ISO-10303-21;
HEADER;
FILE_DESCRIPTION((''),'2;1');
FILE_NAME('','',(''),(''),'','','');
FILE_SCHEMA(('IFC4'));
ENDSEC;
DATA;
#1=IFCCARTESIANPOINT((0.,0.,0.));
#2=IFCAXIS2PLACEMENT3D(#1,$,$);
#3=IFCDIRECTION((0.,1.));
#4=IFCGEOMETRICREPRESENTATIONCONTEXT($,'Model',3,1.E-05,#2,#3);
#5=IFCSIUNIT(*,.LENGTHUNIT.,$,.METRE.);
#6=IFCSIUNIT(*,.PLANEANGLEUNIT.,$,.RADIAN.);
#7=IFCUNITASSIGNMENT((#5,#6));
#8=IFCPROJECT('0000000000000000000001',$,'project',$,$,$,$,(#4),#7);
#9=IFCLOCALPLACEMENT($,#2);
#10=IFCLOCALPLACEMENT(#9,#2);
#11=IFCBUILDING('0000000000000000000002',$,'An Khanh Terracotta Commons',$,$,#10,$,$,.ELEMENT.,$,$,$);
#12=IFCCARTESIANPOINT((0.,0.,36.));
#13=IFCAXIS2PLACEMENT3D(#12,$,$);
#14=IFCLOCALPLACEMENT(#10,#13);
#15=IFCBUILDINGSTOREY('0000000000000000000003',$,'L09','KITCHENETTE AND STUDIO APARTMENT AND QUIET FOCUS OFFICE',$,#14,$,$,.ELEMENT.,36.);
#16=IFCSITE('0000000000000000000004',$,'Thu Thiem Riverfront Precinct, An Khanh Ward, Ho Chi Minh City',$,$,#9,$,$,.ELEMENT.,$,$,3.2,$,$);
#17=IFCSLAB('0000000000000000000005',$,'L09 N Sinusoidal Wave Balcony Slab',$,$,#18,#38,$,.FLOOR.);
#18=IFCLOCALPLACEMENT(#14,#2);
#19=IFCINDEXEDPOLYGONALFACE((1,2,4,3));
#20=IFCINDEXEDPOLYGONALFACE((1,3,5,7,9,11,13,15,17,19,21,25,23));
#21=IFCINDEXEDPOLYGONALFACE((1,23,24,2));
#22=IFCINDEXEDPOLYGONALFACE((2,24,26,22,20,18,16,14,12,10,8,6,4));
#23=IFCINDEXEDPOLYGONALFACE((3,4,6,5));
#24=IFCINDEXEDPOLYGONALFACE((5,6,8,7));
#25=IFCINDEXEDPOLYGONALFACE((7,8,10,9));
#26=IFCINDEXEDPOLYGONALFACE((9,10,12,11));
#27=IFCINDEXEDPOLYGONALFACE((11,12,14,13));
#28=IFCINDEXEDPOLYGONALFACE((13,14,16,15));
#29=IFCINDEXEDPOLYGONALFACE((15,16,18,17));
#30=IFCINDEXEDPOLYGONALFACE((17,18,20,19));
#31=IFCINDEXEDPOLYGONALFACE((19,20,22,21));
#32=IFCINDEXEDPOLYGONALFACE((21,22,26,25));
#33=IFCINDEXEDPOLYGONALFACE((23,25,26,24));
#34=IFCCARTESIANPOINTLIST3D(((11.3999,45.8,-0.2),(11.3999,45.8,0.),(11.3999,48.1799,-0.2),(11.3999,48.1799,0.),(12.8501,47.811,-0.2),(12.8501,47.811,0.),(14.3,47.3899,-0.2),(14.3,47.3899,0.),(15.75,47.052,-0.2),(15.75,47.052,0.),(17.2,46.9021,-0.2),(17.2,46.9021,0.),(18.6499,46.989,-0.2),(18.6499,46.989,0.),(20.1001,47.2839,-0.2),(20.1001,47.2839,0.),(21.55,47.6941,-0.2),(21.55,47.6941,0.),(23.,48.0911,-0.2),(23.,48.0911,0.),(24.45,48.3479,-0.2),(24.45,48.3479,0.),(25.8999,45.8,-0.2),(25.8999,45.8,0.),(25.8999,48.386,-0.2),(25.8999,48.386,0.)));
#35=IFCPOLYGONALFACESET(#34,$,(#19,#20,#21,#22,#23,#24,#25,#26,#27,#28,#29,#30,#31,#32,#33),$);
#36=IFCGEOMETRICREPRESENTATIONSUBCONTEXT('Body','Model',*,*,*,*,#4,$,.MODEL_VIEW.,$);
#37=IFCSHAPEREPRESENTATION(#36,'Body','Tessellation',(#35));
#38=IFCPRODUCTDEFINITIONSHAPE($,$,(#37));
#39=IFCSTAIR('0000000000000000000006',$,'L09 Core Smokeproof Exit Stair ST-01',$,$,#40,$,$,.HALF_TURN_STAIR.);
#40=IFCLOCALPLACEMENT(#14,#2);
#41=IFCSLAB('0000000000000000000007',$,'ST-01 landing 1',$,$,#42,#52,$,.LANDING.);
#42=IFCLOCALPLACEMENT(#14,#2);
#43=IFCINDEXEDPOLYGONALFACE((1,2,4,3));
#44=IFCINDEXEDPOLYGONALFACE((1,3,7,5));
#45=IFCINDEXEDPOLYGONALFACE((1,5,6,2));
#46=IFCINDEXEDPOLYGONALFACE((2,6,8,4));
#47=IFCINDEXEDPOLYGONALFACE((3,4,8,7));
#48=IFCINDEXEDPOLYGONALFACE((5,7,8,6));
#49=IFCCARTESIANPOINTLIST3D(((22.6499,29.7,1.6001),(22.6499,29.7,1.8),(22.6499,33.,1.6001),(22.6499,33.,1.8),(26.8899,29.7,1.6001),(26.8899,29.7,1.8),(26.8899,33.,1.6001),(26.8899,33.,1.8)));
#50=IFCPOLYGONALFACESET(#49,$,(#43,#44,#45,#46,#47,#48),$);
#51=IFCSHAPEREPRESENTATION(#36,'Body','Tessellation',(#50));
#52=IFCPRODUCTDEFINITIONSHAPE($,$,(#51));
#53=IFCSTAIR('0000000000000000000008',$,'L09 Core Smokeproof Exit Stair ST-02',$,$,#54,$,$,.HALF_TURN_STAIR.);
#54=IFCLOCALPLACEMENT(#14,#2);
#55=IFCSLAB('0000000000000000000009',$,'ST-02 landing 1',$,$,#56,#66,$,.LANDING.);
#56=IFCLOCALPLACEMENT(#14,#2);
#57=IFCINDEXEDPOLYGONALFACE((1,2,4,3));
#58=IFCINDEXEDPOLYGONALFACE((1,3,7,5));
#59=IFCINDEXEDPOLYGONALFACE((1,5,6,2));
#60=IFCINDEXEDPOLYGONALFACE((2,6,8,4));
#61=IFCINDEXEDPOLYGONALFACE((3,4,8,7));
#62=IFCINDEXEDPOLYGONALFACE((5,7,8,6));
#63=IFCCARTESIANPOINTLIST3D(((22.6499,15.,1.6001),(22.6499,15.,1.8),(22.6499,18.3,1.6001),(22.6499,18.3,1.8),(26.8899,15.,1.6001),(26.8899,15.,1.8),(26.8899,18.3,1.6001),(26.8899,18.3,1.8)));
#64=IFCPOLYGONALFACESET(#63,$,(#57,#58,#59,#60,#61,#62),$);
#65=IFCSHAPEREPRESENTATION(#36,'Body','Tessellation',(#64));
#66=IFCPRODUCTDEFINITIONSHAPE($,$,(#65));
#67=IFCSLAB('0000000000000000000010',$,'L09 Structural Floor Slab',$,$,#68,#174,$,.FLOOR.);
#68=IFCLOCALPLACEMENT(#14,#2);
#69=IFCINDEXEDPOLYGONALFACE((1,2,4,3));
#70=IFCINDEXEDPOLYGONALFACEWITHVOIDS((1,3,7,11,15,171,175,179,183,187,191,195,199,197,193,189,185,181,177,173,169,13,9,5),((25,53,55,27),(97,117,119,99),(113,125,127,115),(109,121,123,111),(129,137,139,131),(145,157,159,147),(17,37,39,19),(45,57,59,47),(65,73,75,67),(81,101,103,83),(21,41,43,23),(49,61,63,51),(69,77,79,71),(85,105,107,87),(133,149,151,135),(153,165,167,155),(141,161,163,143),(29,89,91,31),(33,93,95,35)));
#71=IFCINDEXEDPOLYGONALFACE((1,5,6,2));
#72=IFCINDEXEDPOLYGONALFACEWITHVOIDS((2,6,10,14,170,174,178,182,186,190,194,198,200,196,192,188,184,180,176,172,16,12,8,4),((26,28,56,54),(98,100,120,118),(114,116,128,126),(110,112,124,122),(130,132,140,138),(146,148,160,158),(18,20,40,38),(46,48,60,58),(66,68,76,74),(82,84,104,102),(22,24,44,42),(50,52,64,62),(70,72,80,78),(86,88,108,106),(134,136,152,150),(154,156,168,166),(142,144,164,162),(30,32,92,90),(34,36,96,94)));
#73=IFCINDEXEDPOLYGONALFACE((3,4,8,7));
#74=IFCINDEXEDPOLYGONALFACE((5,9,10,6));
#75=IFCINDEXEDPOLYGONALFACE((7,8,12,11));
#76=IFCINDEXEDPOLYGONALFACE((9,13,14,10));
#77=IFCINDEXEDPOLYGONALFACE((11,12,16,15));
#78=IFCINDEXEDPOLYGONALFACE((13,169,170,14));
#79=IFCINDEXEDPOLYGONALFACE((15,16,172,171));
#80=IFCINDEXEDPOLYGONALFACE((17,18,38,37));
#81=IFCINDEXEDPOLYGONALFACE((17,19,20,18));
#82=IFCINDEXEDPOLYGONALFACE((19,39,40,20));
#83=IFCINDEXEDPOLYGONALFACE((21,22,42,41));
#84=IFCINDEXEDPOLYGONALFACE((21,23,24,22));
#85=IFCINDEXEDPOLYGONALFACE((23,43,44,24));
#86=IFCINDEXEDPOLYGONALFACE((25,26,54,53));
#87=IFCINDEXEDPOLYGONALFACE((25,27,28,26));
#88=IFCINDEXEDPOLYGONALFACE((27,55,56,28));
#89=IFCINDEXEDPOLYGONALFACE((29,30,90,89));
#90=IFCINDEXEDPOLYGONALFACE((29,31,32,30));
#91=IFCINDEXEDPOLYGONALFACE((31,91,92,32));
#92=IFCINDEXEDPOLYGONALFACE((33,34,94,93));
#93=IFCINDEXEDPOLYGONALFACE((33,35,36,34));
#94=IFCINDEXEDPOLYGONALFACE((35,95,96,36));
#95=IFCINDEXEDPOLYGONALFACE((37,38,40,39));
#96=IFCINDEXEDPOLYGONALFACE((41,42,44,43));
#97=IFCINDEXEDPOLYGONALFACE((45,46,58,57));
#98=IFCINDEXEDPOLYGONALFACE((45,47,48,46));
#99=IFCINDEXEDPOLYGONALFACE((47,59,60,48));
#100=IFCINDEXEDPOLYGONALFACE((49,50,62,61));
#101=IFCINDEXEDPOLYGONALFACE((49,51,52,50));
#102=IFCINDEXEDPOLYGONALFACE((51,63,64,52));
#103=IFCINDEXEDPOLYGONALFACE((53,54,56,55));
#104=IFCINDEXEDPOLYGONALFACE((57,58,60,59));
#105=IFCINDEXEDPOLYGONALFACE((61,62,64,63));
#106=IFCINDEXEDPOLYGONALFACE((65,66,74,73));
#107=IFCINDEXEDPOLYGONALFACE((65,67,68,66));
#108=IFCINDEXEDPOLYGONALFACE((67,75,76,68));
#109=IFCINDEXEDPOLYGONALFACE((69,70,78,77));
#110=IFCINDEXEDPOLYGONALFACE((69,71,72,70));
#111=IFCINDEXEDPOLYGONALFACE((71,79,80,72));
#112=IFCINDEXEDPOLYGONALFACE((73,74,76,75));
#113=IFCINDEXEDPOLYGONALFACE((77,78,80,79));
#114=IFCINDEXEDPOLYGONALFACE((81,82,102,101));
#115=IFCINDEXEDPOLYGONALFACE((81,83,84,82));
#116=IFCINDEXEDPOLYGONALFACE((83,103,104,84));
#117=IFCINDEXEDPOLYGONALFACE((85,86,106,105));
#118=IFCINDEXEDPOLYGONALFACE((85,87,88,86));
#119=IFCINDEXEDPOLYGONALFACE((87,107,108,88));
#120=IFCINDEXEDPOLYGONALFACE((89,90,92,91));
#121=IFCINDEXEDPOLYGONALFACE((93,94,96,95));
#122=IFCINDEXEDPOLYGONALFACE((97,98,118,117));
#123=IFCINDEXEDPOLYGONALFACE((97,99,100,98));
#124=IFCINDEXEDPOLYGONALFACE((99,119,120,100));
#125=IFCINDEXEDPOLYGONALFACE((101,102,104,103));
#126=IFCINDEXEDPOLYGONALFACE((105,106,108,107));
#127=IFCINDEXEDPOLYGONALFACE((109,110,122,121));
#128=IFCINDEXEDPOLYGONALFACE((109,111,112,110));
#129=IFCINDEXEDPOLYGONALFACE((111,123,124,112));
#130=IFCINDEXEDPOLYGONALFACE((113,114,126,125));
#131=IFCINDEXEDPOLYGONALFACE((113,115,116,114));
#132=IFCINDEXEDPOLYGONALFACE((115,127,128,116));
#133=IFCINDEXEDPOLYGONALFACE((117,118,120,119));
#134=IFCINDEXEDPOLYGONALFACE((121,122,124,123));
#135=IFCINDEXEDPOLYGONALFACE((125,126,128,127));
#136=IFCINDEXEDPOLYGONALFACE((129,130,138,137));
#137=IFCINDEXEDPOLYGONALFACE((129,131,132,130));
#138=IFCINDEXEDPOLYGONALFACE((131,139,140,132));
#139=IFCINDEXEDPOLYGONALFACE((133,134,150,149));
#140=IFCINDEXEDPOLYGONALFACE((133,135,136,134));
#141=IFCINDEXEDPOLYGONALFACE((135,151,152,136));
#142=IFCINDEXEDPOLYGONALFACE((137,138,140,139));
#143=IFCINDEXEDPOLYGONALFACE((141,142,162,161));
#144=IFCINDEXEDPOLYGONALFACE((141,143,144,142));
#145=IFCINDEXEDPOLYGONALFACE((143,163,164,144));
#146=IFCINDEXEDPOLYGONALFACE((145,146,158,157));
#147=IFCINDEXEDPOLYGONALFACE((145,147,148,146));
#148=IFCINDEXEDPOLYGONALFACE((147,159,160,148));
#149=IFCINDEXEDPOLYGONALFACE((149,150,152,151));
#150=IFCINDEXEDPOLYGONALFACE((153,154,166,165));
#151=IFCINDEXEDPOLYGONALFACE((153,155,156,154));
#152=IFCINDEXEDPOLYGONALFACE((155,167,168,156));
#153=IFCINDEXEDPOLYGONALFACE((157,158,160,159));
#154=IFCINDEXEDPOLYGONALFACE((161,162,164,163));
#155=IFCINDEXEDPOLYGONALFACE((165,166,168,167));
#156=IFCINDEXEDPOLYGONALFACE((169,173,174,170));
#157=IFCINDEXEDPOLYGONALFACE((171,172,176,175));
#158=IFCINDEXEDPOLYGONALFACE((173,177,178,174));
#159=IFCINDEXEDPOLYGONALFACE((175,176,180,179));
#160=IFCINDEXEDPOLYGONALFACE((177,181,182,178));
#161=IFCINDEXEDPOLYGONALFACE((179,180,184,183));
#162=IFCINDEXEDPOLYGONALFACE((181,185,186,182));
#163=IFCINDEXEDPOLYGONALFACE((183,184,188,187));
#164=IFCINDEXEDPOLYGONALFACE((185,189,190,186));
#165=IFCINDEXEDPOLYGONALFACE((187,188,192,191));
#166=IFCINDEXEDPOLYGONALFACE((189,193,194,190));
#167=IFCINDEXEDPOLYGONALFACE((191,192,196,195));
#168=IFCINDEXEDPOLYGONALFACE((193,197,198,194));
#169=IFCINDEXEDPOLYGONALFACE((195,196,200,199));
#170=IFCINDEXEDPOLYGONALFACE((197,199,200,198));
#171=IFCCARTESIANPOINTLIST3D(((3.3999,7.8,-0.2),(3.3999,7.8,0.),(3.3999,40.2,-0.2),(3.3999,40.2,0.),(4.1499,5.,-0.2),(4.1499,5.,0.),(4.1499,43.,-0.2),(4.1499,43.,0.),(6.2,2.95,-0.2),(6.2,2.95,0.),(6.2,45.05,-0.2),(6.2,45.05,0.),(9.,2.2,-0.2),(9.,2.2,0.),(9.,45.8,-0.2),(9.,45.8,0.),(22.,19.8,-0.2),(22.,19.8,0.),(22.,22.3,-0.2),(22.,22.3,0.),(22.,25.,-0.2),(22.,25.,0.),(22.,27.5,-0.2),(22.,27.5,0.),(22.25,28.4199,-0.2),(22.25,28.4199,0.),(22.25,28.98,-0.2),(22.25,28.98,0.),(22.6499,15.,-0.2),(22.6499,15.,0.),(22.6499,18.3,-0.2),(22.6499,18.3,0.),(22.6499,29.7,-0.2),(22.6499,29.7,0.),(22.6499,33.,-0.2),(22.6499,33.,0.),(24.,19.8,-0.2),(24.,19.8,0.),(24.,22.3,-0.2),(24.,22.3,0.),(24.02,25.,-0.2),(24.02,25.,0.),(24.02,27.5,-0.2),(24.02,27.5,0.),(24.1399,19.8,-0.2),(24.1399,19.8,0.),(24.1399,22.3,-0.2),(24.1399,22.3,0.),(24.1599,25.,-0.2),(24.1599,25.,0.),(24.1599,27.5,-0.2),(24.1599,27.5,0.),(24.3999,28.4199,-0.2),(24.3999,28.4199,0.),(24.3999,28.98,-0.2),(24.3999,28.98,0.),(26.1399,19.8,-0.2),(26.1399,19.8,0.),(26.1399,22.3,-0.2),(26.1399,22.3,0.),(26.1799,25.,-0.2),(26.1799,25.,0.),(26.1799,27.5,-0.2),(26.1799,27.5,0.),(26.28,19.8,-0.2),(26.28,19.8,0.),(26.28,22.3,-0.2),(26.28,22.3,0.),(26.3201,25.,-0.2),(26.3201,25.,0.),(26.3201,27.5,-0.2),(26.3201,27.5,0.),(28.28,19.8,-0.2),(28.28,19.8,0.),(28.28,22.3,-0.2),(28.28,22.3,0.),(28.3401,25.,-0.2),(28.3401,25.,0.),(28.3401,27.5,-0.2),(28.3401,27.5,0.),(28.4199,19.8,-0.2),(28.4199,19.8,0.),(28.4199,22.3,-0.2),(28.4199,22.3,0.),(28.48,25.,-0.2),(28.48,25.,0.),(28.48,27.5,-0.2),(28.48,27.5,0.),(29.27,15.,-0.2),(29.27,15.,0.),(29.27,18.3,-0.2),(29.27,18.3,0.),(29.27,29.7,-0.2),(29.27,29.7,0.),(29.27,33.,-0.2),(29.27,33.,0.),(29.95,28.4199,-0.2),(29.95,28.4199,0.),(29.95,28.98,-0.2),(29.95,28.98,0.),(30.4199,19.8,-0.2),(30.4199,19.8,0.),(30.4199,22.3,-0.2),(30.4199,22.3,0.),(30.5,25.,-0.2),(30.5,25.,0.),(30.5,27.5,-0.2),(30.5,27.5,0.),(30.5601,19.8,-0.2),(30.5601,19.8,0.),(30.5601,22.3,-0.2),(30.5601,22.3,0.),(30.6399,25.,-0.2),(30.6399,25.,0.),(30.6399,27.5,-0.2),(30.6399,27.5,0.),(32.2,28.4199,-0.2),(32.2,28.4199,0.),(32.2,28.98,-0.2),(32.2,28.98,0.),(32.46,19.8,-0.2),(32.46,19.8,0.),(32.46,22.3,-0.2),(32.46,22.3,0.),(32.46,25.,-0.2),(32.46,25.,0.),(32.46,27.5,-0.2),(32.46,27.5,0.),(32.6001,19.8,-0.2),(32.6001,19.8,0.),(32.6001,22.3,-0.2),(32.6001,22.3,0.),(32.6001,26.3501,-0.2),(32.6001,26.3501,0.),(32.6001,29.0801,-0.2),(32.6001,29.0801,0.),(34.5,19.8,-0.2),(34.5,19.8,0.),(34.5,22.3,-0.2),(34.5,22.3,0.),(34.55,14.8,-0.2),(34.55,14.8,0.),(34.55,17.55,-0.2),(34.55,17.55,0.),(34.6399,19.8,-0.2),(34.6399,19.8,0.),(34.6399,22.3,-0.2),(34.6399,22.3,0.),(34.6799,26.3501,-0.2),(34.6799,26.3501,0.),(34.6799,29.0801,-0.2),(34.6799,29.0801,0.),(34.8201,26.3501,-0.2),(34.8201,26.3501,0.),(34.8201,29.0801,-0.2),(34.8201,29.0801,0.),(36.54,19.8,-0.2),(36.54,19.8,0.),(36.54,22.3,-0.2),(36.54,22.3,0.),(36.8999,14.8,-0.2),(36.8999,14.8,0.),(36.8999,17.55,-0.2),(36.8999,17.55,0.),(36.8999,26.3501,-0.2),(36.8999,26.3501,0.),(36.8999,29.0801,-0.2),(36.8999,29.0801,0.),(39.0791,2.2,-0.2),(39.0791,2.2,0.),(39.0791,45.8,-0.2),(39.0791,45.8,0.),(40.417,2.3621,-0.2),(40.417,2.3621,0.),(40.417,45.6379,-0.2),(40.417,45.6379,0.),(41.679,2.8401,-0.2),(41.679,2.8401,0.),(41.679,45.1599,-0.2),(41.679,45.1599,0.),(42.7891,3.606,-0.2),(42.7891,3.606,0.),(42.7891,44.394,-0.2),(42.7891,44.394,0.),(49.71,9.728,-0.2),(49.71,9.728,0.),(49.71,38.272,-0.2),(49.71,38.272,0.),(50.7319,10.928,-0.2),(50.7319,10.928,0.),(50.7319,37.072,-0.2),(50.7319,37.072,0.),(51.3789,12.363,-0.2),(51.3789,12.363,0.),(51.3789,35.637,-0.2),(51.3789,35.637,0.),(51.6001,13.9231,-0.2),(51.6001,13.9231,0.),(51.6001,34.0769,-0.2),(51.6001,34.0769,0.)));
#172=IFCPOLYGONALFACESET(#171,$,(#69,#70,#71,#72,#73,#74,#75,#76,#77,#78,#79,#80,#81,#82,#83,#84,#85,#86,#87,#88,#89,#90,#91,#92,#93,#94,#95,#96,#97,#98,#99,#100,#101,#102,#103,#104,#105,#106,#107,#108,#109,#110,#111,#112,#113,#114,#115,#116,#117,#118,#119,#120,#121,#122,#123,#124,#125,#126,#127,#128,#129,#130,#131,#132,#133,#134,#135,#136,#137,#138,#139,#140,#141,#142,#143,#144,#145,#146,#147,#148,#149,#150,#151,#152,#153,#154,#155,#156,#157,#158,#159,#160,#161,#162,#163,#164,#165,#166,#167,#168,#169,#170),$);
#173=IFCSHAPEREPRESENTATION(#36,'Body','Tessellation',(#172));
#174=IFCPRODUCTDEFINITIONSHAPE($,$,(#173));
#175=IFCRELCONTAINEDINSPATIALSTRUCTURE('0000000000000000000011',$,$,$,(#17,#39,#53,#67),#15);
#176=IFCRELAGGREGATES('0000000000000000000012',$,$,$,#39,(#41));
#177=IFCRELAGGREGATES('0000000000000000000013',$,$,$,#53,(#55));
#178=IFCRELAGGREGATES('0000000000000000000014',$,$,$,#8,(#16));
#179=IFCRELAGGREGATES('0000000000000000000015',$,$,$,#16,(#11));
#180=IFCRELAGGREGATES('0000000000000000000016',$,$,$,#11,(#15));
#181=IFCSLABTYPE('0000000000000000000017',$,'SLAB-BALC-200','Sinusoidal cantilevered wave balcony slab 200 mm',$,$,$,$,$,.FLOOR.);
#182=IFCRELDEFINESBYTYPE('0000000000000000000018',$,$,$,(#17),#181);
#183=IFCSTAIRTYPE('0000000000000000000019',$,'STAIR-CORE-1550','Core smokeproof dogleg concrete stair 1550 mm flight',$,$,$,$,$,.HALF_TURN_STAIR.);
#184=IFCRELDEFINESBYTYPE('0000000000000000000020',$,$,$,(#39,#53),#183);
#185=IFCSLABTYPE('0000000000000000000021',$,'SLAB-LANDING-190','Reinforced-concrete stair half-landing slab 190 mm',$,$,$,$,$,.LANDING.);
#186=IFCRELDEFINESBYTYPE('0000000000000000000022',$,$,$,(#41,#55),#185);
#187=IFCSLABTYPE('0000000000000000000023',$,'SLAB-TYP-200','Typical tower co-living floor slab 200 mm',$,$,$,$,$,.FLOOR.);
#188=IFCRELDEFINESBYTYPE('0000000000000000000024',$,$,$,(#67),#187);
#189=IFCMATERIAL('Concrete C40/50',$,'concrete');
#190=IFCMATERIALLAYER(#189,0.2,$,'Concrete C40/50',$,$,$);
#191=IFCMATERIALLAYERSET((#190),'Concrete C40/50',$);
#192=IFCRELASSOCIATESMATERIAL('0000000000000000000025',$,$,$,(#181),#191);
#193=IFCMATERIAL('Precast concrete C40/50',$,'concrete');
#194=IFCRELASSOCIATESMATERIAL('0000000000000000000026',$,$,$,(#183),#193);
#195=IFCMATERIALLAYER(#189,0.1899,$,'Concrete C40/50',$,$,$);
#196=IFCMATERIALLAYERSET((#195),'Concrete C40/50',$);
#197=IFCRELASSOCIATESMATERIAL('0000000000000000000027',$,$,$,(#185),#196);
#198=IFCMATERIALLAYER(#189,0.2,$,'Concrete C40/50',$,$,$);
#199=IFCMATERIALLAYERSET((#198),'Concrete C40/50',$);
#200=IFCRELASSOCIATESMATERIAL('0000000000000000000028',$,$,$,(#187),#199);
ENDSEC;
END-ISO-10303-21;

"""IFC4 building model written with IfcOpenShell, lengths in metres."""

from ifc_helpers import new_model, si_unit, direction, frame, origin, place, context, subcontext, project, spatial, polyline, outline, extrude, material, layer, layer_set, type_object, element, aggregate, save


model = new_model("IFC4")

# Units and contexts
model_context = context("Model", 3, precision=1e-05, world=origin(), true_north=direction((0.0, 1.0)))
body_context = subcontext(model_context, "Body", "Model", "MODEL_VIEW")
ifc_project = project(units=[si_unit("LENGTHUNIT", "METRE"), si_unit("PLANEANGLEUNIT", "RADIAN")], contexts=[model_context])

# Site, building, storey
site_placement = place(None, origin())
site = spatial("IfcSite", under=ifc_project, at=site_placement, Name="Thu Thiem Riverfront Precinct, An Khanh Ward, Ho Chi Minh City", CompositionType="ELEMENT", RefElevation=3.2)
building_placement = place(site_placement, origin())
building = spatial("IfcBuilding", under=site, at=building_placement, Name="An Khanh Terracotta Commons", CompositionType="ELEMENT")
storey_placement = place(building_placement, frame((0.0, 0.0, 36.0)))
storey = spatial("IfcBuildingStorey", under=building, at=storey_placement, Name="L09", Description="KITCHENETTE AND STUDIO APARTMENT AND QUIET FOCUS OFFICE", CompositionType="ELEMENT", Elevation=36.0)

# Slab
ifc_material_1 = material(Name="Concrete C40/50", Category="concrete")
ifc_layer_1 = layer(ifc_material_1, 0.2, Name="Concrete C40/50")
ifc_layer_set_1 = layer_set([ifc_layer_1], Name="Concrete C40/50")
slab_type_1 = type_object("IfcSlabType", Name="SLAB-BALC-200", Description="Sinusoidal cantilevered wave balcony slab 200 mm", PredefinedType="FLOOR", material=ifc_layer_set_1)
slab_1_placement = place(storey_placement, frame((0.0, 0.0, -0.2)))
element("IfcSlab", 1, at=slab_1_placement, inside=storey, type_object=slab_type_1, Name="L09 N Sinusoidal Wave Balcony Slab", PredefinedType="FLOOR", context=body_context, shape_type="SweptSolid", body=[
    extrude(outline(polyline([(25.8999, 45.8), (25.8999, 48.386), (24.45, 48.3479), (23.0, 48.0911), (21.55, 47.6941), (20.1001, 47.2839), (18.6499, 46.989), (17.2, 46.9021), (15.75, 47.052), (14.3, 47.3899), (12.8501, 47.811), (11.3999, 48.1799), (11.3999, 45.8), (25.8999, 45.8)])), origin(), (0.0, 0.0, 1.0), 0.2),
])

# Stairs, slabs
ifc_material_2 = material(Name="Precast concrete C40/50", Category="concrete")
stair_type = type_object("IfcStairType", Name="STAIR-CORE-1550", Description="Core smokeproof dogleg concrete stair 1550 mm flight", PredefinedType="HALF_TURN_STAIR", material=ifc_material_2)
stair_1_placement = place(storey_placement, origin())
stair_1 = element("IfcStair", 2, at=stair_1_placement, inside=storey, type_object=stair_type, Name="L09 Core Smokeproof Exit Stair ST-01", PredefinedType="HALF_TURN_STAIR")
ifc_layer_2 = layer(ifc_material_1, 0.1899, Name="Concrete C40/50")
ifc_layer_set_2 = layer_set([ifc_layer_2], Name="Concrete C40/50")
slab_type_2 = type_object("IfcSlabType", Name="SLAB-LANDING-190", Description="Reinforced-concrete stair half-landing slab 190 mm", PredefinedType="LANDING", material=ifc_layer_set_2)
slab_2_placement = place(storey_placement, frame((0.0, 0.0, 1.6001)))
slab_2 = element("IfcSlab", 3, at=slab_2_placement, type_object=slab_type_2, Name="ST-01 landing 1", PredefinedType="LANDING", context=body_context, shape_type="SweptSolid", body=[
    extrude(outline(polyline([(26.8899, 33.0), (22.6499, 33.0), (22.6499, 29.7), (26.8899, 29.7), (26.8899, 33.0)])), origin(), (0.0, 0.0, 1.0), 0.2),
])
aggregate(stair_1, [slab_2])
stair_2_placement = place(storey_placement, origin())
stair_2 = element("IfcStair", 4, at=stair_2_placement, inside=storey, type_object=stair_type, Name="L09 Core Smokeproof Exit Stair ST-02", PredefinedType="HALF_TURN_STAIR")
slab_3_placement = place(storey_placement, frame((0.0, 0.0, 1.6001)))
slab_3 = element("IfcSlab", 5, at=slab_3_placement, type_object=slab_type_2, Name="ST-02 landing 1", PredefinedType="LANDING", context=body_context, shape_type="SweptSolid", body=[
    extrude(outline(polyline([(26.8899, 18.3), (22.6499, 18.3), (22.6499, 15.0), (26.8899, 15.0), (26.8899, 18.3)])), origin(), (0.0, 0.0, 1.0), 0.2),
])
aggregate(stair_2, [slab_3])

# Slab
ifc_layer_3 = layer(ifc_material_1, 0.2, Name="Concrete C40/50")
ifc_layer_set_3 = layer_set([ifc_layer_3], Name="Concrete C40/50")
slab_type_3 = type_object("IfcSlabType", Name="SLAB-TYP-200", Description="Typical tower co-living floor slab 200 mm", PredefinedType="FLOOR", material=ifc_layer_set_3)
slab_4_placement = place(storey_placement, frame((0.0, 0.0, -0.2)))
element("IfcSlab", 6, at=slab_4_placement, inside=storey, type_object=slab_type_3, Name="L09 Structural Floor Slab", PredefinedType="FLOOR", context=body_context, shape_type="SweptSolid", body=[
    extrude(outline(polyline([(3.3999, 7.8), (4.1499, 5.0), (6.2, 2.95), (9.0, 2.2), (39.0791, 2.2), (40.417, 2.3621), (41.679, 2.8401), (42.7891, 3.606), (49.71, 9.728), (50.7319, 10.928), (51.3789, 12.363), (51.6001, 13.9231), (51.6001, 34.0769), (51.3789, 35.637), (50.7319, 37.072), (49.71, 38.272), (42.7891, 44.394), (41.679, 45.1599), (40.417, 45.6379), (39.0791, 45.8), (9.0, 45.8), (6.2, 45.05), (4.1499, 43.0), (3.3999, 40.2), (3.3999, 7.8)]), holes=[polyline([(22.6499, 29.7), (29.27, 29.7), (29.27, 33.0), (22.6499, 33.0), (22.6499, 29.7)]), polyline([(22.6499, 15.0), (29.27, 15.0), (29.27, 18.3), (22.6499, 18.3), (22.6499, 15.0)]), polyline([(32.6001, 26.3501), (34.6799, 26.3501), (34.6799, 29.0801), (32.6001, 29.0801), (32.6001, 26.3501)]), polyline([(34.8201, 26.3501), (36.8999, 26.3501), (36.8999, 29.0801), (34.8201, 29.0801), (34.8201, 26.3501)]), polyline([(34.55, 14.8), (36.8999, 14.8), (36.8999, 17.55), (34.55, 17.55), (34.55, 14.8)]), polyline([(22.0, 25.0), (24.02, 25.0), (24.02, 27.5), (22.0, 27.5), (22.0, 25.0)]), polyline([(24.1599, 25.0), (26.1799, 25.0), (26.1799, 27.5), (24.1599, 27.5), (24.1599, 25.0)]), polyline([(22.0, 19.8), (24.0, 19.8), (24.0, 22.3), (22.0, 22.3), (22.0, 19.8)]), polyline([(24.1399, 19.8), (26.1399, 19.8), (26.1399, 22.3), (24.1399, 22.3), (24.1399, 19.8)]), polyline([(26.3201, 25.0), (28.3401, 25.0), (28.3401, 27.5), (26.3201, 27.5), (26.3201, 25.0)]), polyline([(28.48, 25.0), (30.5, 25.0), (30.5, 27.5), (28.48, 27.5), (28.48, 25.0)]), polyline([(26.28, 19.8), (28.28, 19.8), (28.28, 22.3), (26.28, 22.3), (26.28, 19.8)]), polyline([(28.4199, 19.8), (30.4199, 19.8), (30.4199, 22.3), (28.4199, 22.3), (28.4199, 19.8)]), polyline([(30.6399, 25.0), (32.46, 25.0), (32.46, 27.5), (30.6399, 27.5), (30.6399, 25.0)]), polyline([(30.5601, 19.8), (32.46, 19.8), (32.46, 22.3), (30.5601, 22.3), (30.5601, 19.8)]), polyline([(32.6001, 19.8), (34.5, 19.8), (34.5, 22.3), (32.6001, 22.3), (32.6001, 19.8)]), polyline([(34.6399, 19.8), (36.54, 19.8), (36.54, 22.3), (34.6399, 22.3), (34.6399, 19.8)]), polyline([(22.25, 28.4199), (24.3999, 28.4199), (24.3999, 28.98), (22.25, 28.98), (22.25, 28.4199)]), polyline([(29.95, 28.4199), (32.2, 28.4199), (32.2, 28.98), (29.95, 28.98), (29.95, 28.4199)])]), origin(), (0.0, 0.0, 1.0), 0.2),
])

save(model, "model.ifc")
